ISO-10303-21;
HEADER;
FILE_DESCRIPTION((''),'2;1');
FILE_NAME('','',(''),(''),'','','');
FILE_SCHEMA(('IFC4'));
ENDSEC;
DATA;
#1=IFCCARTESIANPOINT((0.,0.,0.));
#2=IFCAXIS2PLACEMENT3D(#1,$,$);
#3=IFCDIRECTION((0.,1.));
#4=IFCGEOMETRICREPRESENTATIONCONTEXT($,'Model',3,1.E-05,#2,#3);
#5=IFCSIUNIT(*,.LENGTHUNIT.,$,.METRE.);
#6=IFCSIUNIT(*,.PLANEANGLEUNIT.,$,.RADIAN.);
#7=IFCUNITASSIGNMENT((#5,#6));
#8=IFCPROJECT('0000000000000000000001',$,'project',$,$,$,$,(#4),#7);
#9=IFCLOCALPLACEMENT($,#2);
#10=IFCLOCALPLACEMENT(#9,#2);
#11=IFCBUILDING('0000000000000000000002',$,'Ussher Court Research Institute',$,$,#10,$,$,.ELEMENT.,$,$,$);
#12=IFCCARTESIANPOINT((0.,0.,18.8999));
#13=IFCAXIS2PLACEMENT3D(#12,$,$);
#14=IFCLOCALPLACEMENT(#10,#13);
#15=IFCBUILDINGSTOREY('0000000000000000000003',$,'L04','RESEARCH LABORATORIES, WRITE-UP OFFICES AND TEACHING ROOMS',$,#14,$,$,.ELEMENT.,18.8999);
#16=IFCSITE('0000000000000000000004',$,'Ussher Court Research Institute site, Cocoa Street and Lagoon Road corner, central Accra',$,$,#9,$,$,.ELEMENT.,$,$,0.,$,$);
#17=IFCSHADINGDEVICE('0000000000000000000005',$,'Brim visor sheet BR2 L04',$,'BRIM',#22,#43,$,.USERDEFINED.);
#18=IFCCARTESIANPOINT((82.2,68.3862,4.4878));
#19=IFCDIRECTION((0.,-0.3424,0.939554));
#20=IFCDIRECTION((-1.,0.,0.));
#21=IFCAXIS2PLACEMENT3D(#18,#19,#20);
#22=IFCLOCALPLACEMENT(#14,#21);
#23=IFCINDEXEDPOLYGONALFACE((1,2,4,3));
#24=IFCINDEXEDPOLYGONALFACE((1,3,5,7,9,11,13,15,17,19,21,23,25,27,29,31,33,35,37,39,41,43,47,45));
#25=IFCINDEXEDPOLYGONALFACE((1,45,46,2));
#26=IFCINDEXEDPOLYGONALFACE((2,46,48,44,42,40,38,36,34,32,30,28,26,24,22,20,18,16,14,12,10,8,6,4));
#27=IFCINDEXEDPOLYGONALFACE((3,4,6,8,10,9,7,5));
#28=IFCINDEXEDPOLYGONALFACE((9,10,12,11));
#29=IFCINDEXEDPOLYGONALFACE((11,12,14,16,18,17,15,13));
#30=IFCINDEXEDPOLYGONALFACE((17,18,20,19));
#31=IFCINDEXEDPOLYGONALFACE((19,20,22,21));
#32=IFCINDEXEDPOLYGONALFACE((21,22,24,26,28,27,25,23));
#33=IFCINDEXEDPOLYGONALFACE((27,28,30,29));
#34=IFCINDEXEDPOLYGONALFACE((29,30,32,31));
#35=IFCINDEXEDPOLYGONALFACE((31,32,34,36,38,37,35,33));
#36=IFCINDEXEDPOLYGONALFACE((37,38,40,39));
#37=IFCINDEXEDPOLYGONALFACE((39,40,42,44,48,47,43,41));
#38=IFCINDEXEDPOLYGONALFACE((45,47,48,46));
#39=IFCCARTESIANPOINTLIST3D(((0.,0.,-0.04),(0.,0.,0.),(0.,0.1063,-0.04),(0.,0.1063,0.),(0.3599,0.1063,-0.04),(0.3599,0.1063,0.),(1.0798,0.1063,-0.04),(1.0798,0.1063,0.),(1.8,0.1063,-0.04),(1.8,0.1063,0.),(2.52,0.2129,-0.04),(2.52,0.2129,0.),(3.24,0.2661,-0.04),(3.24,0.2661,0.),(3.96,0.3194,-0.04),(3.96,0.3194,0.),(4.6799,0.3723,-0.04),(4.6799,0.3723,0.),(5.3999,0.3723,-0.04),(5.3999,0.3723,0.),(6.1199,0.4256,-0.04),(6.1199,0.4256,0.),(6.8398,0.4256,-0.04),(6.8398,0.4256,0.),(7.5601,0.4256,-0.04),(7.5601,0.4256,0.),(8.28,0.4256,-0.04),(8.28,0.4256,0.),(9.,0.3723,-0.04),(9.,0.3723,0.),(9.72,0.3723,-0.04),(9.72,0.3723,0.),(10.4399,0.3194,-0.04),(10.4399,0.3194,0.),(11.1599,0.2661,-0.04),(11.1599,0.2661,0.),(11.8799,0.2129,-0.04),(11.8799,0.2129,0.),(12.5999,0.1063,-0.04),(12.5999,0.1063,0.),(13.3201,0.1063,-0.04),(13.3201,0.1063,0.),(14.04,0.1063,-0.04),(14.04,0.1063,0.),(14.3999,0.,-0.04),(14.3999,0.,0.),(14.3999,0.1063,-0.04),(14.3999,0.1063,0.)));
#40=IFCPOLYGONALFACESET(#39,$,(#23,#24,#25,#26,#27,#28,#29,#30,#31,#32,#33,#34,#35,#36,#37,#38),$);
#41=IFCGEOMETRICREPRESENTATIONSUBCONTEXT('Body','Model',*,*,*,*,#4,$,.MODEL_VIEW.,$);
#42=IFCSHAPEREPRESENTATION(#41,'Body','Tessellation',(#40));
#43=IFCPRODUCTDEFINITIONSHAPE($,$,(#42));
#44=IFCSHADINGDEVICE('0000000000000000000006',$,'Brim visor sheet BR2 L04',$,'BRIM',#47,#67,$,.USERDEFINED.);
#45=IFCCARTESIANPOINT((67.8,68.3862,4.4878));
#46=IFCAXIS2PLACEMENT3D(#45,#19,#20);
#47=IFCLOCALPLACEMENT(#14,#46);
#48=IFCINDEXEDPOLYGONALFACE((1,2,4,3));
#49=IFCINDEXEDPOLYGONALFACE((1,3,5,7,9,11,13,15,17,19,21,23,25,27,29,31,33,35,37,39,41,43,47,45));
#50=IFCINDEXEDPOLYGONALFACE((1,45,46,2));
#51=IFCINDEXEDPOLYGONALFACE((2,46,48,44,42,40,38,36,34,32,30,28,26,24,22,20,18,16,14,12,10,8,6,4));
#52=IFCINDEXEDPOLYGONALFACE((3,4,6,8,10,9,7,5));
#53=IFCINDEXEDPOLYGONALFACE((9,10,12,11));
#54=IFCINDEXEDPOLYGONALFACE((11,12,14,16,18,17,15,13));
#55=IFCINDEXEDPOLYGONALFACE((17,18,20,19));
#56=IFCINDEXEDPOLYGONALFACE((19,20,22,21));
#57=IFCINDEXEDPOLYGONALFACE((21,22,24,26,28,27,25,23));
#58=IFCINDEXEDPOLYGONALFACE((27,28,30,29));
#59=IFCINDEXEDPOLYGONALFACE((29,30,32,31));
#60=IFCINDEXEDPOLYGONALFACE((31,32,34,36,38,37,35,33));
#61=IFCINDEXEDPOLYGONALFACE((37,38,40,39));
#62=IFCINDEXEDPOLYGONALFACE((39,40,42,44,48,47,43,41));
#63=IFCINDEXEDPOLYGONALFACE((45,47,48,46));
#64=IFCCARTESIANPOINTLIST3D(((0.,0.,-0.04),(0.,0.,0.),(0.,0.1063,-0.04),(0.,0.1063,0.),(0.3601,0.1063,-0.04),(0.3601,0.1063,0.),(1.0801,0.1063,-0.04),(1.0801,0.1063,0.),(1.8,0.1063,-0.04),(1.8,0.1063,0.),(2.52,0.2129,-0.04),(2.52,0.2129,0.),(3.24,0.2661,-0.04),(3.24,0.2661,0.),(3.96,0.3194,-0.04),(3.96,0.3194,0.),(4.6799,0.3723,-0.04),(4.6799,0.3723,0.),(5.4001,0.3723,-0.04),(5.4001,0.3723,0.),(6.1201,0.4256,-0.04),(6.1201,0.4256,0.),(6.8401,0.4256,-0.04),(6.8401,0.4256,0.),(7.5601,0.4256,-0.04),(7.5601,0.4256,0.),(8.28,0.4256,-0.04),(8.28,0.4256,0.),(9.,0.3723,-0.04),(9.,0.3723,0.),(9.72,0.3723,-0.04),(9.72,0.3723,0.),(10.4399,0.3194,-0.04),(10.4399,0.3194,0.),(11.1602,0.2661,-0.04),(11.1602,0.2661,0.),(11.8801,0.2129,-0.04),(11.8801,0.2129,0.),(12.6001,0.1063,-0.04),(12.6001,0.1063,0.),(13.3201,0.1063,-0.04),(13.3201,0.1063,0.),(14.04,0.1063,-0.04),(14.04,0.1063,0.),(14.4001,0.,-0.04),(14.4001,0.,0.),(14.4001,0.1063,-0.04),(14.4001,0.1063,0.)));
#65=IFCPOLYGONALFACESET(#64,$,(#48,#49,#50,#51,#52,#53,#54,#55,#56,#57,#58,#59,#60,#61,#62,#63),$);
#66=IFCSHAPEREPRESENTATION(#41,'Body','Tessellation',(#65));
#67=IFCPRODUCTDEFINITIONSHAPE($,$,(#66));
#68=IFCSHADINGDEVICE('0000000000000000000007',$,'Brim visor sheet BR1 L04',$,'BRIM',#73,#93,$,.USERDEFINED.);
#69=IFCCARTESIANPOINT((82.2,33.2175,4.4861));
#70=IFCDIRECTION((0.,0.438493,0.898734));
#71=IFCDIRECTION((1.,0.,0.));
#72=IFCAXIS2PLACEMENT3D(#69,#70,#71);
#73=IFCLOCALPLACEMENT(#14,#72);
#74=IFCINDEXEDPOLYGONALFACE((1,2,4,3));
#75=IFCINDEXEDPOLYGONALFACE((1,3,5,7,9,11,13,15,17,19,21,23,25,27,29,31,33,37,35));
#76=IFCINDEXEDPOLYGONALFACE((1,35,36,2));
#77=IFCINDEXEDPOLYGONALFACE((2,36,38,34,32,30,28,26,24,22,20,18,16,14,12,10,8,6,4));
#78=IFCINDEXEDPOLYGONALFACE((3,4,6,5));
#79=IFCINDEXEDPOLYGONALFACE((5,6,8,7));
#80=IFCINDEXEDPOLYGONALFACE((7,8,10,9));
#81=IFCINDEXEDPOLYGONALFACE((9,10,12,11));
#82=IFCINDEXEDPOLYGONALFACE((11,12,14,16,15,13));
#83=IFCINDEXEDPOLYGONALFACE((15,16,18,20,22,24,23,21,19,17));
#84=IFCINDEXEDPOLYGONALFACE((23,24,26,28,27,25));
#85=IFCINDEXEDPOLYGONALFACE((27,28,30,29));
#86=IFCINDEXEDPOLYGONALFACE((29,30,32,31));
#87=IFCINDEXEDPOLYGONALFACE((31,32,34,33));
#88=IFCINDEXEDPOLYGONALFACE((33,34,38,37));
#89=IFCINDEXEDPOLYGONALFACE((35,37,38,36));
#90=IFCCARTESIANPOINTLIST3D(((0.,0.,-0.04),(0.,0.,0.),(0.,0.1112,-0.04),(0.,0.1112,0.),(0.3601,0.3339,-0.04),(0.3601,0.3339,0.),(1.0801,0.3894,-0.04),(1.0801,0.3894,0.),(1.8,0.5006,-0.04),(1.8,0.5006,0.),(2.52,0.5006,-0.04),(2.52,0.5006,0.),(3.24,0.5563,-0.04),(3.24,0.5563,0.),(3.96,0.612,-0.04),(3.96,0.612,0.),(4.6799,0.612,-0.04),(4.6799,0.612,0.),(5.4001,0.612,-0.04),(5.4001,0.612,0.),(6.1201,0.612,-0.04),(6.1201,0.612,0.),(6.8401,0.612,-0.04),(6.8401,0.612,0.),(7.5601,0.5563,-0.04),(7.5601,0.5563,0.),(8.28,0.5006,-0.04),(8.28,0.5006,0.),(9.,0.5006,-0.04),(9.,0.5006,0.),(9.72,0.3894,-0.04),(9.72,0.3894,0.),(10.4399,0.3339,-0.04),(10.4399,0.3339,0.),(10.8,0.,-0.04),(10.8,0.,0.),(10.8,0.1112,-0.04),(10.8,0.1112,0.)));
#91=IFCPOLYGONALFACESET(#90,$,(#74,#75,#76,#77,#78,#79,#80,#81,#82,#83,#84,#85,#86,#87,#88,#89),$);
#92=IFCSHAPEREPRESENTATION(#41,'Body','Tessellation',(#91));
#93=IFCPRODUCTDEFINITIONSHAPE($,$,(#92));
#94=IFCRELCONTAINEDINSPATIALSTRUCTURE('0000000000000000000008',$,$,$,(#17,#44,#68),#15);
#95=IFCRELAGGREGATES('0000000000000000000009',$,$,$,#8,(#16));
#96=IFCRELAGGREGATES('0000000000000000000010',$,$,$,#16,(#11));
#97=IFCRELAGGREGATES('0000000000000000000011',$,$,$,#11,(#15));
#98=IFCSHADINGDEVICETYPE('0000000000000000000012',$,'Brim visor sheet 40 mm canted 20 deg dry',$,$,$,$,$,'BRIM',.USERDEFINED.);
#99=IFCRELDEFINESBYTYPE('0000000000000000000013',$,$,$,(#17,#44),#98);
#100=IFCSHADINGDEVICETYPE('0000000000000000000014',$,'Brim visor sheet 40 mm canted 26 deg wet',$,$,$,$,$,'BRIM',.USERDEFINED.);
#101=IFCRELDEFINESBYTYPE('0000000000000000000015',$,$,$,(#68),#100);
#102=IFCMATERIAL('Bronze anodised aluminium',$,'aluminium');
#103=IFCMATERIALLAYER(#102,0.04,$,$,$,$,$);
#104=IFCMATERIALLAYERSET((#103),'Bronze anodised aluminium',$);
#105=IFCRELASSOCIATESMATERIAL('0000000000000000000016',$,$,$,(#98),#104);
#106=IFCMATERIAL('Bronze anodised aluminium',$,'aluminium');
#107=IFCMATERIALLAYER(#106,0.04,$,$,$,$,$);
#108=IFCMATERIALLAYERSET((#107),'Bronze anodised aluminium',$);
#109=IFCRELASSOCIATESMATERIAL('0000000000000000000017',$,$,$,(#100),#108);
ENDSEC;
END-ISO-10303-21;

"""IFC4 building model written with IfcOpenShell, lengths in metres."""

from ifc_helpers import new_model, si_unit, direction, frame, origin, place, context, subcontext, project, spatial, polyline, outline, extrude, material, layer, layer_set, type_object, element, save


model = new_model("IFC4")

# Units and contexts
model_context = context("Model", 3, precision=1e-05, world=origin(), true_north=direction((0.0, 1.0)))
body_context = subcontext(model_context, "Body", "Model", "MODEL_VIEW")
ifc_project = project(units=[si_unit("LENGTHUNIT", "METRE"), si_unit("PLANEANGLEUNIT", "RADIAN")], contexts=[model_context])

# Site, building, storey
site_placement = place(None, origin())
site = spatial("IfcSite", under=ifc_project, at=site_placement, Name="Ussher Court Research Institute site, Cocoa Street and Lagoon Road corner, central Accra", CompositionType="ELEMENT", RefElevation=0.0)
building_placement = place(site_placement, origin())
building = spatial("IfcBuilding", under=site, at=building_placement, Name="Ussher Court Research Institute", CompositionType="ELEMENT")
storey_placement = place(building_placement, frame((0.0, 0.0, 18.8999)))
storey = spatial("IfcBuildingStorey", under=building, at=storey_placement, Name="L04", Description="RESEARCH LABORATORIES, WRITE-UP OFFICES AND TEACHING ROOMS", CompositionType="ELEMENT", Elevation=18.8999)

# Shading devices
ifc_material_1 = material(Name="Bronze anodised aluminium", Category="aluminium")
ifc_layer_1 = layer(ifc_material_1, 0.04)
ifc_layer_set_1 = layer_set([ifc_layer_1], Name="Bronze anodised aluminium")
shading_device_type_1 = type_object("IfcShadingDeviceType", Name="Brim visor sheet 40 mm canted 20 deg dry", ElementType="BRIM", PredefinedType="USERDEFINED", material=ifc_layer_set_1)
shading_device_1_placement = place(storey_placement, frame((82.2, 68.3862, 4.4878), z_axis=(0.0, -0.3424, 0.939554), x_axis=(-1.0, 0.0, 0.0)))
element("IfcShadingDevice", 1, at=shading_device_1_placement, inside=storey, type_object=shading_device_type_1, Name="Brim visor sheet BR2 L04", ObjectType="BRIM", PredefinedType="USERDEFINED", context=body_context, shape_type="SweptSolid", body=[
    extrude(outline(polyline([(0.0, 0.0), (14.3999, 0.0), (14.3999, 0.1063), (14.04, 0.1063), (13.3201, 0.1063), (12.5999, 0.1063), (11.8799, 0.2129), (11.1599, 0.2661), (10.4399, 0.3194), (9.72, 0.3723), (9.0, 0.3723), (8.28, 0.4256), (7.5601, 0.4256), (6.8398, 0.4256), (6.1199, 0.4256), (5.3999, 0.3723), (4.6799, 0.3723), (3.96, 0.3194), (3.24, 0.2661), (2.52, 0.2129), (1.8, 0.1063), (1.0798, 0.1063), (0.3599, 0.1063), (0.0, 0.1063), (0.0, 0.0)])), origin(), (0.0, 0.0, -1.0), 0.04),
])
shading_device_2_placement = place(storey_placement, frame((67.8, 68.3862, 4.4878), z_axis=(0.0, -0.3424, 0.939554), x_axis=(-1.0, 0.0, 0.0)))
element("IfcShadingDevice", 2, at=shading_device_2_placement, inside=storey, type_object=shading_device_type_1, Name="Brim visor sheet BR2 L04", ObjectType="BRIM", PredefinedType="USERDEFINED", context=body_context, shape_type="SweptSolid", body=[
    extrude(outline(polyline([(0.0, 0.0), (14.4001, 0.0), (14.4001, 0.1063), (14.04, 0.1063), (13.3201, 0.1063), (12.6001, 0.1063), (11.8801, 0.2129), (11.1602, 0.2661), (10.4399, 0.3194), (9.72, 0.3723), (9.0, 0.3723), (8.28, 0.4256), (7.5601, 0.4256), (6.8401, 0.4256), (6.1201, 0.4256), (5.4001, 0.3723), (4.6799, 0.3723), (3.96, 0.3194), (3.24, 0.2661), (2.52, 0.2129), (1.8, 0.1063), (1.0801, 0.1063), (0.3601, 0.1063), (0.0, 0.1063), (0.0, 0.0)])), origin(), (0.0, 0.0, -1.0), 0.04),
])
ifc_material_2 = material(Name="Bronze anodised aluminium", Category="aluminium")
ifc_layer_2 = layer(ifc_material_2, 0.04)
ifc_layer_set_2 = layer_set([ifc_layer_2], Name="Bronze anodised aluminium")
shading_device_type_2 = type_object("IfcShadingDeviceType", Name="Brim visor sheet 40 mm canted 26 deg wet", ElementType="BRIM", PredefinedType="USERDEFINED", material=ifc_layer_set_2)
shading_device_3_placement = place(storey_placement, frame((82.2, 33.2175, 4.4861), z_axis=(0.0, 0.438493, 0.898734), x_axis=(1.0, 0.0, 0.0)))
element("IfcShadingDevice", 3, at=shading_device_3_placement, inside=storey, type_object=shading_device_type_2, Name="Brim visor sheet BR1 L04", ObjectType="BRIM", PredefinedType="USERDEFINED", context=body_context, shape_type="SweptSolid", body=[
    extrude(outline(polyline([(0.0, 0.0), (10.8, 0.0), (10.8, 0.1112), (10.4399, 0.3339), (9.72, 0.3894), (9.0, 0.5006), (8.28, 0.5006), (7.5601, 0.5563), (6.8401, 0.612), (6.1201, 0.612), (5.4001, 0.612), (4.6799, 0.612), (3.96, 0.612), (3.24, 0.5563), (2.52, 0.5006), (1.8, 0.5006), (1.0801, 0.3894), (0.3601, 0.3339), (0.0, 0.1112), (0.0, 0.0)])), origin(), (0.0, 0.0, -1.0), 0.04),
])

save(model, "model.ifc")
